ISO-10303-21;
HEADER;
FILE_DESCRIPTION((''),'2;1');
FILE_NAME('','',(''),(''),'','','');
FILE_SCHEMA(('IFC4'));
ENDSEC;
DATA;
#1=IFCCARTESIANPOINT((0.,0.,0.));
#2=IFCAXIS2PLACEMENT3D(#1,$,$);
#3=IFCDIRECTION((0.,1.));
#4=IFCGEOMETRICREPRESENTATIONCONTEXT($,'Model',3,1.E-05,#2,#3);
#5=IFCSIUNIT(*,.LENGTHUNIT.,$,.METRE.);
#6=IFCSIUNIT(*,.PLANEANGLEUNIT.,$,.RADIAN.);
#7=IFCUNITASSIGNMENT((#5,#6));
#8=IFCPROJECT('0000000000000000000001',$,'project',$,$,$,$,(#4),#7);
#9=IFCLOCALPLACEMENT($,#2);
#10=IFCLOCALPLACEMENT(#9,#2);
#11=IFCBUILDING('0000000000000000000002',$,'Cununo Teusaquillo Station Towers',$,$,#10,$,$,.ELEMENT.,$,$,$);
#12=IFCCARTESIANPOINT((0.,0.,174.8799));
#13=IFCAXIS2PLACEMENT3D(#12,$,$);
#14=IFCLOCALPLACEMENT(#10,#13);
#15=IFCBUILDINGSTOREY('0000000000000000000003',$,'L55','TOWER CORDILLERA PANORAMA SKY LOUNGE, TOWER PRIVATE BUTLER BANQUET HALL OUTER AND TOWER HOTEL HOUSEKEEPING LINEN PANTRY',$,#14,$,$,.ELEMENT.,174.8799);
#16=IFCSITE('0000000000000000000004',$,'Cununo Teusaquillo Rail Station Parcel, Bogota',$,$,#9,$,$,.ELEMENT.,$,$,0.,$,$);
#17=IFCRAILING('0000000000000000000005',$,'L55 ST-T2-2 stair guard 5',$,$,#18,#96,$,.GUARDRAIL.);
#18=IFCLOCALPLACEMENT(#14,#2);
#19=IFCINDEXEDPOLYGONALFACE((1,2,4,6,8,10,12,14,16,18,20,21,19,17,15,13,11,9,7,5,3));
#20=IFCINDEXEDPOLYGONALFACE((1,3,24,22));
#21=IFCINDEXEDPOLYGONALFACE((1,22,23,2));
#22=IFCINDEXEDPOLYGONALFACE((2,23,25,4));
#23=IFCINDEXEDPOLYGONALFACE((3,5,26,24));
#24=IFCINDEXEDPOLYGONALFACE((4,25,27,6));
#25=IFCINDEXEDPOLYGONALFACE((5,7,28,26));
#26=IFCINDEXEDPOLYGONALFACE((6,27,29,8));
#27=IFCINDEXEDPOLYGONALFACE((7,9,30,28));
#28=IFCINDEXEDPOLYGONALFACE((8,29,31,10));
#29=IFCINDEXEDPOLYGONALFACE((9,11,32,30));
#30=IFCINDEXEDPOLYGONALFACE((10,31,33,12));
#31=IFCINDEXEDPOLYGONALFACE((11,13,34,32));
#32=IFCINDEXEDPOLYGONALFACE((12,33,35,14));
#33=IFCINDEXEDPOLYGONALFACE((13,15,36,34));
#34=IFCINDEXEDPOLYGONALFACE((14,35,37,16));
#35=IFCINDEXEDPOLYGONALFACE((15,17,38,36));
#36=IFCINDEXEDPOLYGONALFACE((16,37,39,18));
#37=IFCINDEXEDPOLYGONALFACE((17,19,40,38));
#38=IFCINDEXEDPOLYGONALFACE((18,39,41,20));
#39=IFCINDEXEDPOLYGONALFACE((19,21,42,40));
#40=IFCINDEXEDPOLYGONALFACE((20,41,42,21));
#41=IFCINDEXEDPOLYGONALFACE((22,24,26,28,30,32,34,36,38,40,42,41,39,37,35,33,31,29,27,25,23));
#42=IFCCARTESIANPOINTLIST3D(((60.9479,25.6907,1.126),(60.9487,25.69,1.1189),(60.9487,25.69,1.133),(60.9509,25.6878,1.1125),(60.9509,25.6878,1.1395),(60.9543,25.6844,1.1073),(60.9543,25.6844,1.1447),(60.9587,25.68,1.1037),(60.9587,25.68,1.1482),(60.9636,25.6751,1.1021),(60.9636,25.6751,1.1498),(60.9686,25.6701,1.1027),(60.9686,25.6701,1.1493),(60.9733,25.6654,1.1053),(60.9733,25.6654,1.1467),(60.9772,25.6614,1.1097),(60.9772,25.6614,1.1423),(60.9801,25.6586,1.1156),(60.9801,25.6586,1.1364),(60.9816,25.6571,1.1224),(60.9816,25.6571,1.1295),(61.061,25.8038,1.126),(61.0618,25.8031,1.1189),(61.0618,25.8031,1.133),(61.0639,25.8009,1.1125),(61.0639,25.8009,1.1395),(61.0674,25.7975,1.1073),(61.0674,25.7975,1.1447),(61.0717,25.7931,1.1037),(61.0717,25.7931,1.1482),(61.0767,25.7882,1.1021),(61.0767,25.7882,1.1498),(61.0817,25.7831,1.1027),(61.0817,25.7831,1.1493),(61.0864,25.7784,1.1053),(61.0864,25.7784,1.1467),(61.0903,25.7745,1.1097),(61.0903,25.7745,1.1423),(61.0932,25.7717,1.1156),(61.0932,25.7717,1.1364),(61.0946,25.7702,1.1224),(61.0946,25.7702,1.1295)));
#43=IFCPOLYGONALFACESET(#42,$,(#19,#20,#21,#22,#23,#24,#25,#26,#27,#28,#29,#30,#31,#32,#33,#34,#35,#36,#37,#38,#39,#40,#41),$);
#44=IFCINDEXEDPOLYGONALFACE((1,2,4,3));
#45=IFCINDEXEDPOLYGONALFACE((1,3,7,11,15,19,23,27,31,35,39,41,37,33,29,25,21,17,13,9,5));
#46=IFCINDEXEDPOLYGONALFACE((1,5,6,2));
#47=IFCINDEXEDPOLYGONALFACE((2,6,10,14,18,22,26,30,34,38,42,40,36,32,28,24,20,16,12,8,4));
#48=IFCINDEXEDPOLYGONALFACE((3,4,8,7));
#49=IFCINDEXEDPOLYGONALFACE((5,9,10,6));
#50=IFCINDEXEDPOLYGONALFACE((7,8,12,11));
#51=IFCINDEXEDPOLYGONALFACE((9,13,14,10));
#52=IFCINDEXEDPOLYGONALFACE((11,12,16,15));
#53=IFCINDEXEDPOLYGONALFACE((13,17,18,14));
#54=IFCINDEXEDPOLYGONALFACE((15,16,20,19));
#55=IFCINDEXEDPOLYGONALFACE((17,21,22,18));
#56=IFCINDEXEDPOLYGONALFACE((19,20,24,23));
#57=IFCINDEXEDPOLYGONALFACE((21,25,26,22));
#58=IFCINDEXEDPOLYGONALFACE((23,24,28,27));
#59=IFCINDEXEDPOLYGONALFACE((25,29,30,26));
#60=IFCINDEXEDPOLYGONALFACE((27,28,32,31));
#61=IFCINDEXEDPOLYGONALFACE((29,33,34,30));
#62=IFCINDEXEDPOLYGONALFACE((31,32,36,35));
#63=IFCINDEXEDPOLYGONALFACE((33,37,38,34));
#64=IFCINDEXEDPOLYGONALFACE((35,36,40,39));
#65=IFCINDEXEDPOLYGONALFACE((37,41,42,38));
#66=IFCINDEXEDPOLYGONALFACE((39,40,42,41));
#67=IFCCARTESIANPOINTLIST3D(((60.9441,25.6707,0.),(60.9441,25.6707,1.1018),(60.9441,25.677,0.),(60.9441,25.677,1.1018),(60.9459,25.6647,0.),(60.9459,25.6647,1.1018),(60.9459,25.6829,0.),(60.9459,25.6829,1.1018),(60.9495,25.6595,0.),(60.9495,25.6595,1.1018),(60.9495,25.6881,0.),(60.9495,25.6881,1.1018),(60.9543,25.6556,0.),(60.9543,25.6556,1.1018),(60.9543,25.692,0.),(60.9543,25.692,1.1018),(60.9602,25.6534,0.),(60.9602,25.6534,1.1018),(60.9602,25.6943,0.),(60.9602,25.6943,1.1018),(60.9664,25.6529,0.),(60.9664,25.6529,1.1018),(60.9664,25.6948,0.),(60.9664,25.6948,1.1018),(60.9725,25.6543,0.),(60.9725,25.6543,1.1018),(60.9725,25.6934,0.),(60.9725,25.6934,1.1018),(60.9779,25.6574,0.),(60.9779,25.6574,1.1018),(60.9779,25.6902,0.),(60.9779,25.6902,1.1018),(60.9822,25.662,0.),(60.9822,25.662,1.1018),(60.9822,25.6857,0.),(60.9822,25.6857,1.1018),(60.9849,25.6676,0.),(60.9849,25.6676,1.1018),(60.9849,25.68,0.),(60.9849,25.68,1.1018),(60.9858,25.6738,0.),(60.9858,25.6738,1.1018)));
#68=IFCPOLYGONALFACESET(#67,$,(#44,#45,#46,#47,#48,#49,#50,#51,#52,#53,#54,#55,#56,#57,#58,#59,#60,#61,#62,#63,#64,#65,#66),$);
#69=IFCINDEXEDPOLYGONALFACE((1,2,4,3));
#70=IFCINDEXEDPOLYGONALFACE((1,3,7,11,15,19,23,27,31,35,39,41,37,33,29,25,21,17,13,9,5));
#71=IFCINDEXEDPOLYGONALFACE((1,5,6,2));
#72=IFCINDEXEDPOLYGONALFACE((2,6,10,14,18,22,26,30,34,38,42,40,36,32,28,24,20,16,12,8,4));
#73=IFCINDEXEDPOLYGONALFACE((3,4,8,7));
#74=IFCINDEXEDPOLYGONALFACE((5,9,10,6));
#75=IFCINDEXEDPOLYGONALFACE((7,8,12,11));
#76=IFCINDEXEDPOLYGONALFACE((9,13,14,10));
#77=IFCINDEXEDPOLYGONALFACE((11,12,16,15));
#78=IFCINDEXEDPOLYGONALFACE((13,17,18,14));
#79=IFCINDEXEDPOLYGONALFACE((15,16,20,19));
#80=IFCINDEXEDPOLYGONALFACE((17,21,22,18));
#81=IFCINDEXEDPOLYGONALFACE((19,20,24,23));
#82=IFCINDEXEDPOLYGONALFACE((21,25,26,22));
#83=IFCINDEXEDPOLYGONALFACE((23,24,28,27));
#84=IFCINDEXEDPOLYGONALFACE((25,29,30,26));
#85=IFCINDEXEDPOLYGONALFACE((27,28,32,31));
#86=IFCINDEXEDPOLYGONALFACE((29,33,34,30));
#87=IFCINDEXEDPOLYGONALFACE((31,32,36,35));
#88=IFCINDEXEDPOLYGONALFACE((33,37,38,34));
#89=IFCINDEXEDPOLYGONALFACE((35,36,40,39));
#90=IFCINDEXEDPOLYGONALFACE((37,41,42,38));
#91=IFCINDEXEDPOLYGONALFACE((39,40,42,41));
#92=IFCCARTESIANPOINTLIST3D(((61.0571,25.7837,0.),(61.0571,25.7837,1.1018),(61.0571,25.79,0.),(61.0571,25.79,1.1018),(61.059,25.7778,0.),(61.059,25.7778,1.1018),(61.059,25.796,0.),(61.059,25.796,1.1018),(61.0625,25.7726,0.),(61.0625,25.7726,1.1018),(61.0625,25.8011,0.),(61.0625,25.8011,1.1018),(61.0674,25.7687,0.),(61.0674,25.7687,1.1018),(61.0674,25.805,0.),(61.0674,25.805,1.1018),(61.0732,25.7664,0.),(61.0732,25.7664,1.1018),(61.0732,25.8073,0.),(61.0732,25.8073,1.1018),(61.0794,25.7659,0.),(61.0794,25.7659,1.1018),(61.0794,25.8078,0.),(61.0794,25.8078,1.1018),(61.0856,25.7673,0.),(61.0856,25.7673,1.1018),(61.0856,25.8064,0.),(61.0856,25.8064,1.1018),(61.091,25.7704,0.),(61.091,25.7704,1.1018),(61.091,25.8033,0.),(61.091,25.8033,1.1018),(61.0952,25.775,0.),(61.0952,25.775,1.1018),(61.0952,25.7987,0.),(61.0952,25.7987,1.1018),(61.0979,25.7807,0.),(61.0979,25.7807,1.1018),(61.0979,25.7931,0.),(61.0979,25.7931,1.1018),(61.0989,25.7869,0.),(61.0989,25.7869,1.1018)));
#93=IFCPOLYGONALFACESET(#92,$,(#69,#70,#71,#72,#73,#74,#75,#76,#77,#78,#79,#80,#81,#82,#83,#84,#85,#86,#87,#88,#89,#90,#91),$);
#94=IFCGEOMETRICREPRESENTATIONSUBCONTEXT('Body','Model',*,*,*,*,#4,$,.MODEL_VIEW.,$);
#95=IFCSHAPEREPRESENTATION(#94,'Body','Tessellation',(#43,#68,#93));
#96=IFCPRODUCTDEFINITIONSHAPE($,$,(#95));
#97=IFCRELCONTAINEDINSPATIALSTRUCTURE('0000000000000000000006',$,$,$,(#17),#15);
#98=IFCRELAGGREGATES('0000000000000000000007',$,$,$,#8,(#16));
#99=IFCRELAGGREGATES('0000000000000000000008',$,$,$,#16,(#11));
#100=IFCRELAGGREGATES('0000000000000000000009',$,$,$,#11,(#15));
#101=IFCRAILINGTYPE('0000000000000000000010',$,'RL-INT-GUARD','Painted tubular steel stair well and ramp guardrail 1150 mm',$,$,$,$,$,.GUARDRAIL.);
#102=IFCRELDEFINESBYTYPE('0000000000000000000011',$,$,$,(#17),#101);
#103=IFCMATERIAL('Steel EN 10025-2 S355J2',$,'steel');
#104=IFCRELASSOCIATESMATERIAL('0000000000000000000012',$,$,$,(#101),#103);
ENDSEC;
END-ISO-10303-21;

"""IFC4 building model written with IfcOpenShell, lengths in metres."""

from ifc_helpers import new_model, si_unit, direction, frame, origin, origin_2d, place, context, subcontext, project, spatial, circle, extrude, material, type_object, element, save


model = new_model("IFC4")

# Units and contexts
model_context = context("Model", 3, precision=1e-05, world=origin(), true_north=direction((0.0, 1.0)))
body_context = subcontext(model_context, "Body", "Model", "MODEL_VIEW")
ifc_project = project(units=[si_unit("LENGTHUNIT", "METRE"), si_unit("PLANEANGLEUNIT", "RADIAN")], contexts=[model_context])

# Site, building, storey
site_placement = place(None, origin())
site = spatial("IfcSite", under=ifc_project, at=site_placement, Name="Cununo Teusaquillo Rail Station Parcel, Bogota", CompositionType="ELEMENT", RefElevation=0.0)
building_placement = place(site_placement, origin())
building = spatial("IfcBuilding", under=site, at=building_placement, Name="Cununo Teusaquillo Station Towers", CompositionType="ELEMENT")
storey_placement = place(building_placement, frame((0.0, 0.0, 174.8799)))
storey = spatial("IfcBuildingStorey", under=building, at=storey_placement, Name="L55", Description="TOWER CORDILLERA PANORAMA SKY LOUNGE, TOWER PRIVATE BUTLER BANQUET HALL OUTER AND TOWER HOTEL HOUSEKEEPING LINEN PANTRY", CompositionType="ELEMENT", Elevation=174.8799)

# Railing
ifc_material_1 = material(Name="Steel EN 10025-2 S355J2", Category="steel")
railing_type_1 = type_object("IfcRailingType", Name="RL-INT-GUARD", Description="Painted tubular steel stair well and ramp guardrail 1150 mm", PredefinedType="GUARDRAIL", material=ifc_material_1)
railing_1_placement = place(storey_placement, frame((60.9648, 25.6738, 0.0)))
element("IfcRailing", 1, at=railing_1_placement, inside=storey, type_object=railing_type_1, Name="L55 ST-T2-2 stair guard 5", PredefinedType="GUARDRAIL", context=body_context, shape_type="SweptSolid", body=[
    extrude(circle(Radius=0.0239, at=origin_2d()), frame((0.0, 0.0, 1.126), z_axis=(0.707107, 0.707107, 0.0), x_axis=(-0.707107, 0.707107, 0.0)), (0.0, 0.0, 1.0), 0.1599),
    extrude(circle(Radius=0.021, at=origin_2d()), origin(), (0.0, 0.0, 1.0), 1.1018),
    extrude(circle(Radius=0.021, at=origin_2d()), frame((0.113, 0.113, 0.0)), (0.0, 0.0, 1.0), 1.1018),
])

save(model, "model.ifc")
